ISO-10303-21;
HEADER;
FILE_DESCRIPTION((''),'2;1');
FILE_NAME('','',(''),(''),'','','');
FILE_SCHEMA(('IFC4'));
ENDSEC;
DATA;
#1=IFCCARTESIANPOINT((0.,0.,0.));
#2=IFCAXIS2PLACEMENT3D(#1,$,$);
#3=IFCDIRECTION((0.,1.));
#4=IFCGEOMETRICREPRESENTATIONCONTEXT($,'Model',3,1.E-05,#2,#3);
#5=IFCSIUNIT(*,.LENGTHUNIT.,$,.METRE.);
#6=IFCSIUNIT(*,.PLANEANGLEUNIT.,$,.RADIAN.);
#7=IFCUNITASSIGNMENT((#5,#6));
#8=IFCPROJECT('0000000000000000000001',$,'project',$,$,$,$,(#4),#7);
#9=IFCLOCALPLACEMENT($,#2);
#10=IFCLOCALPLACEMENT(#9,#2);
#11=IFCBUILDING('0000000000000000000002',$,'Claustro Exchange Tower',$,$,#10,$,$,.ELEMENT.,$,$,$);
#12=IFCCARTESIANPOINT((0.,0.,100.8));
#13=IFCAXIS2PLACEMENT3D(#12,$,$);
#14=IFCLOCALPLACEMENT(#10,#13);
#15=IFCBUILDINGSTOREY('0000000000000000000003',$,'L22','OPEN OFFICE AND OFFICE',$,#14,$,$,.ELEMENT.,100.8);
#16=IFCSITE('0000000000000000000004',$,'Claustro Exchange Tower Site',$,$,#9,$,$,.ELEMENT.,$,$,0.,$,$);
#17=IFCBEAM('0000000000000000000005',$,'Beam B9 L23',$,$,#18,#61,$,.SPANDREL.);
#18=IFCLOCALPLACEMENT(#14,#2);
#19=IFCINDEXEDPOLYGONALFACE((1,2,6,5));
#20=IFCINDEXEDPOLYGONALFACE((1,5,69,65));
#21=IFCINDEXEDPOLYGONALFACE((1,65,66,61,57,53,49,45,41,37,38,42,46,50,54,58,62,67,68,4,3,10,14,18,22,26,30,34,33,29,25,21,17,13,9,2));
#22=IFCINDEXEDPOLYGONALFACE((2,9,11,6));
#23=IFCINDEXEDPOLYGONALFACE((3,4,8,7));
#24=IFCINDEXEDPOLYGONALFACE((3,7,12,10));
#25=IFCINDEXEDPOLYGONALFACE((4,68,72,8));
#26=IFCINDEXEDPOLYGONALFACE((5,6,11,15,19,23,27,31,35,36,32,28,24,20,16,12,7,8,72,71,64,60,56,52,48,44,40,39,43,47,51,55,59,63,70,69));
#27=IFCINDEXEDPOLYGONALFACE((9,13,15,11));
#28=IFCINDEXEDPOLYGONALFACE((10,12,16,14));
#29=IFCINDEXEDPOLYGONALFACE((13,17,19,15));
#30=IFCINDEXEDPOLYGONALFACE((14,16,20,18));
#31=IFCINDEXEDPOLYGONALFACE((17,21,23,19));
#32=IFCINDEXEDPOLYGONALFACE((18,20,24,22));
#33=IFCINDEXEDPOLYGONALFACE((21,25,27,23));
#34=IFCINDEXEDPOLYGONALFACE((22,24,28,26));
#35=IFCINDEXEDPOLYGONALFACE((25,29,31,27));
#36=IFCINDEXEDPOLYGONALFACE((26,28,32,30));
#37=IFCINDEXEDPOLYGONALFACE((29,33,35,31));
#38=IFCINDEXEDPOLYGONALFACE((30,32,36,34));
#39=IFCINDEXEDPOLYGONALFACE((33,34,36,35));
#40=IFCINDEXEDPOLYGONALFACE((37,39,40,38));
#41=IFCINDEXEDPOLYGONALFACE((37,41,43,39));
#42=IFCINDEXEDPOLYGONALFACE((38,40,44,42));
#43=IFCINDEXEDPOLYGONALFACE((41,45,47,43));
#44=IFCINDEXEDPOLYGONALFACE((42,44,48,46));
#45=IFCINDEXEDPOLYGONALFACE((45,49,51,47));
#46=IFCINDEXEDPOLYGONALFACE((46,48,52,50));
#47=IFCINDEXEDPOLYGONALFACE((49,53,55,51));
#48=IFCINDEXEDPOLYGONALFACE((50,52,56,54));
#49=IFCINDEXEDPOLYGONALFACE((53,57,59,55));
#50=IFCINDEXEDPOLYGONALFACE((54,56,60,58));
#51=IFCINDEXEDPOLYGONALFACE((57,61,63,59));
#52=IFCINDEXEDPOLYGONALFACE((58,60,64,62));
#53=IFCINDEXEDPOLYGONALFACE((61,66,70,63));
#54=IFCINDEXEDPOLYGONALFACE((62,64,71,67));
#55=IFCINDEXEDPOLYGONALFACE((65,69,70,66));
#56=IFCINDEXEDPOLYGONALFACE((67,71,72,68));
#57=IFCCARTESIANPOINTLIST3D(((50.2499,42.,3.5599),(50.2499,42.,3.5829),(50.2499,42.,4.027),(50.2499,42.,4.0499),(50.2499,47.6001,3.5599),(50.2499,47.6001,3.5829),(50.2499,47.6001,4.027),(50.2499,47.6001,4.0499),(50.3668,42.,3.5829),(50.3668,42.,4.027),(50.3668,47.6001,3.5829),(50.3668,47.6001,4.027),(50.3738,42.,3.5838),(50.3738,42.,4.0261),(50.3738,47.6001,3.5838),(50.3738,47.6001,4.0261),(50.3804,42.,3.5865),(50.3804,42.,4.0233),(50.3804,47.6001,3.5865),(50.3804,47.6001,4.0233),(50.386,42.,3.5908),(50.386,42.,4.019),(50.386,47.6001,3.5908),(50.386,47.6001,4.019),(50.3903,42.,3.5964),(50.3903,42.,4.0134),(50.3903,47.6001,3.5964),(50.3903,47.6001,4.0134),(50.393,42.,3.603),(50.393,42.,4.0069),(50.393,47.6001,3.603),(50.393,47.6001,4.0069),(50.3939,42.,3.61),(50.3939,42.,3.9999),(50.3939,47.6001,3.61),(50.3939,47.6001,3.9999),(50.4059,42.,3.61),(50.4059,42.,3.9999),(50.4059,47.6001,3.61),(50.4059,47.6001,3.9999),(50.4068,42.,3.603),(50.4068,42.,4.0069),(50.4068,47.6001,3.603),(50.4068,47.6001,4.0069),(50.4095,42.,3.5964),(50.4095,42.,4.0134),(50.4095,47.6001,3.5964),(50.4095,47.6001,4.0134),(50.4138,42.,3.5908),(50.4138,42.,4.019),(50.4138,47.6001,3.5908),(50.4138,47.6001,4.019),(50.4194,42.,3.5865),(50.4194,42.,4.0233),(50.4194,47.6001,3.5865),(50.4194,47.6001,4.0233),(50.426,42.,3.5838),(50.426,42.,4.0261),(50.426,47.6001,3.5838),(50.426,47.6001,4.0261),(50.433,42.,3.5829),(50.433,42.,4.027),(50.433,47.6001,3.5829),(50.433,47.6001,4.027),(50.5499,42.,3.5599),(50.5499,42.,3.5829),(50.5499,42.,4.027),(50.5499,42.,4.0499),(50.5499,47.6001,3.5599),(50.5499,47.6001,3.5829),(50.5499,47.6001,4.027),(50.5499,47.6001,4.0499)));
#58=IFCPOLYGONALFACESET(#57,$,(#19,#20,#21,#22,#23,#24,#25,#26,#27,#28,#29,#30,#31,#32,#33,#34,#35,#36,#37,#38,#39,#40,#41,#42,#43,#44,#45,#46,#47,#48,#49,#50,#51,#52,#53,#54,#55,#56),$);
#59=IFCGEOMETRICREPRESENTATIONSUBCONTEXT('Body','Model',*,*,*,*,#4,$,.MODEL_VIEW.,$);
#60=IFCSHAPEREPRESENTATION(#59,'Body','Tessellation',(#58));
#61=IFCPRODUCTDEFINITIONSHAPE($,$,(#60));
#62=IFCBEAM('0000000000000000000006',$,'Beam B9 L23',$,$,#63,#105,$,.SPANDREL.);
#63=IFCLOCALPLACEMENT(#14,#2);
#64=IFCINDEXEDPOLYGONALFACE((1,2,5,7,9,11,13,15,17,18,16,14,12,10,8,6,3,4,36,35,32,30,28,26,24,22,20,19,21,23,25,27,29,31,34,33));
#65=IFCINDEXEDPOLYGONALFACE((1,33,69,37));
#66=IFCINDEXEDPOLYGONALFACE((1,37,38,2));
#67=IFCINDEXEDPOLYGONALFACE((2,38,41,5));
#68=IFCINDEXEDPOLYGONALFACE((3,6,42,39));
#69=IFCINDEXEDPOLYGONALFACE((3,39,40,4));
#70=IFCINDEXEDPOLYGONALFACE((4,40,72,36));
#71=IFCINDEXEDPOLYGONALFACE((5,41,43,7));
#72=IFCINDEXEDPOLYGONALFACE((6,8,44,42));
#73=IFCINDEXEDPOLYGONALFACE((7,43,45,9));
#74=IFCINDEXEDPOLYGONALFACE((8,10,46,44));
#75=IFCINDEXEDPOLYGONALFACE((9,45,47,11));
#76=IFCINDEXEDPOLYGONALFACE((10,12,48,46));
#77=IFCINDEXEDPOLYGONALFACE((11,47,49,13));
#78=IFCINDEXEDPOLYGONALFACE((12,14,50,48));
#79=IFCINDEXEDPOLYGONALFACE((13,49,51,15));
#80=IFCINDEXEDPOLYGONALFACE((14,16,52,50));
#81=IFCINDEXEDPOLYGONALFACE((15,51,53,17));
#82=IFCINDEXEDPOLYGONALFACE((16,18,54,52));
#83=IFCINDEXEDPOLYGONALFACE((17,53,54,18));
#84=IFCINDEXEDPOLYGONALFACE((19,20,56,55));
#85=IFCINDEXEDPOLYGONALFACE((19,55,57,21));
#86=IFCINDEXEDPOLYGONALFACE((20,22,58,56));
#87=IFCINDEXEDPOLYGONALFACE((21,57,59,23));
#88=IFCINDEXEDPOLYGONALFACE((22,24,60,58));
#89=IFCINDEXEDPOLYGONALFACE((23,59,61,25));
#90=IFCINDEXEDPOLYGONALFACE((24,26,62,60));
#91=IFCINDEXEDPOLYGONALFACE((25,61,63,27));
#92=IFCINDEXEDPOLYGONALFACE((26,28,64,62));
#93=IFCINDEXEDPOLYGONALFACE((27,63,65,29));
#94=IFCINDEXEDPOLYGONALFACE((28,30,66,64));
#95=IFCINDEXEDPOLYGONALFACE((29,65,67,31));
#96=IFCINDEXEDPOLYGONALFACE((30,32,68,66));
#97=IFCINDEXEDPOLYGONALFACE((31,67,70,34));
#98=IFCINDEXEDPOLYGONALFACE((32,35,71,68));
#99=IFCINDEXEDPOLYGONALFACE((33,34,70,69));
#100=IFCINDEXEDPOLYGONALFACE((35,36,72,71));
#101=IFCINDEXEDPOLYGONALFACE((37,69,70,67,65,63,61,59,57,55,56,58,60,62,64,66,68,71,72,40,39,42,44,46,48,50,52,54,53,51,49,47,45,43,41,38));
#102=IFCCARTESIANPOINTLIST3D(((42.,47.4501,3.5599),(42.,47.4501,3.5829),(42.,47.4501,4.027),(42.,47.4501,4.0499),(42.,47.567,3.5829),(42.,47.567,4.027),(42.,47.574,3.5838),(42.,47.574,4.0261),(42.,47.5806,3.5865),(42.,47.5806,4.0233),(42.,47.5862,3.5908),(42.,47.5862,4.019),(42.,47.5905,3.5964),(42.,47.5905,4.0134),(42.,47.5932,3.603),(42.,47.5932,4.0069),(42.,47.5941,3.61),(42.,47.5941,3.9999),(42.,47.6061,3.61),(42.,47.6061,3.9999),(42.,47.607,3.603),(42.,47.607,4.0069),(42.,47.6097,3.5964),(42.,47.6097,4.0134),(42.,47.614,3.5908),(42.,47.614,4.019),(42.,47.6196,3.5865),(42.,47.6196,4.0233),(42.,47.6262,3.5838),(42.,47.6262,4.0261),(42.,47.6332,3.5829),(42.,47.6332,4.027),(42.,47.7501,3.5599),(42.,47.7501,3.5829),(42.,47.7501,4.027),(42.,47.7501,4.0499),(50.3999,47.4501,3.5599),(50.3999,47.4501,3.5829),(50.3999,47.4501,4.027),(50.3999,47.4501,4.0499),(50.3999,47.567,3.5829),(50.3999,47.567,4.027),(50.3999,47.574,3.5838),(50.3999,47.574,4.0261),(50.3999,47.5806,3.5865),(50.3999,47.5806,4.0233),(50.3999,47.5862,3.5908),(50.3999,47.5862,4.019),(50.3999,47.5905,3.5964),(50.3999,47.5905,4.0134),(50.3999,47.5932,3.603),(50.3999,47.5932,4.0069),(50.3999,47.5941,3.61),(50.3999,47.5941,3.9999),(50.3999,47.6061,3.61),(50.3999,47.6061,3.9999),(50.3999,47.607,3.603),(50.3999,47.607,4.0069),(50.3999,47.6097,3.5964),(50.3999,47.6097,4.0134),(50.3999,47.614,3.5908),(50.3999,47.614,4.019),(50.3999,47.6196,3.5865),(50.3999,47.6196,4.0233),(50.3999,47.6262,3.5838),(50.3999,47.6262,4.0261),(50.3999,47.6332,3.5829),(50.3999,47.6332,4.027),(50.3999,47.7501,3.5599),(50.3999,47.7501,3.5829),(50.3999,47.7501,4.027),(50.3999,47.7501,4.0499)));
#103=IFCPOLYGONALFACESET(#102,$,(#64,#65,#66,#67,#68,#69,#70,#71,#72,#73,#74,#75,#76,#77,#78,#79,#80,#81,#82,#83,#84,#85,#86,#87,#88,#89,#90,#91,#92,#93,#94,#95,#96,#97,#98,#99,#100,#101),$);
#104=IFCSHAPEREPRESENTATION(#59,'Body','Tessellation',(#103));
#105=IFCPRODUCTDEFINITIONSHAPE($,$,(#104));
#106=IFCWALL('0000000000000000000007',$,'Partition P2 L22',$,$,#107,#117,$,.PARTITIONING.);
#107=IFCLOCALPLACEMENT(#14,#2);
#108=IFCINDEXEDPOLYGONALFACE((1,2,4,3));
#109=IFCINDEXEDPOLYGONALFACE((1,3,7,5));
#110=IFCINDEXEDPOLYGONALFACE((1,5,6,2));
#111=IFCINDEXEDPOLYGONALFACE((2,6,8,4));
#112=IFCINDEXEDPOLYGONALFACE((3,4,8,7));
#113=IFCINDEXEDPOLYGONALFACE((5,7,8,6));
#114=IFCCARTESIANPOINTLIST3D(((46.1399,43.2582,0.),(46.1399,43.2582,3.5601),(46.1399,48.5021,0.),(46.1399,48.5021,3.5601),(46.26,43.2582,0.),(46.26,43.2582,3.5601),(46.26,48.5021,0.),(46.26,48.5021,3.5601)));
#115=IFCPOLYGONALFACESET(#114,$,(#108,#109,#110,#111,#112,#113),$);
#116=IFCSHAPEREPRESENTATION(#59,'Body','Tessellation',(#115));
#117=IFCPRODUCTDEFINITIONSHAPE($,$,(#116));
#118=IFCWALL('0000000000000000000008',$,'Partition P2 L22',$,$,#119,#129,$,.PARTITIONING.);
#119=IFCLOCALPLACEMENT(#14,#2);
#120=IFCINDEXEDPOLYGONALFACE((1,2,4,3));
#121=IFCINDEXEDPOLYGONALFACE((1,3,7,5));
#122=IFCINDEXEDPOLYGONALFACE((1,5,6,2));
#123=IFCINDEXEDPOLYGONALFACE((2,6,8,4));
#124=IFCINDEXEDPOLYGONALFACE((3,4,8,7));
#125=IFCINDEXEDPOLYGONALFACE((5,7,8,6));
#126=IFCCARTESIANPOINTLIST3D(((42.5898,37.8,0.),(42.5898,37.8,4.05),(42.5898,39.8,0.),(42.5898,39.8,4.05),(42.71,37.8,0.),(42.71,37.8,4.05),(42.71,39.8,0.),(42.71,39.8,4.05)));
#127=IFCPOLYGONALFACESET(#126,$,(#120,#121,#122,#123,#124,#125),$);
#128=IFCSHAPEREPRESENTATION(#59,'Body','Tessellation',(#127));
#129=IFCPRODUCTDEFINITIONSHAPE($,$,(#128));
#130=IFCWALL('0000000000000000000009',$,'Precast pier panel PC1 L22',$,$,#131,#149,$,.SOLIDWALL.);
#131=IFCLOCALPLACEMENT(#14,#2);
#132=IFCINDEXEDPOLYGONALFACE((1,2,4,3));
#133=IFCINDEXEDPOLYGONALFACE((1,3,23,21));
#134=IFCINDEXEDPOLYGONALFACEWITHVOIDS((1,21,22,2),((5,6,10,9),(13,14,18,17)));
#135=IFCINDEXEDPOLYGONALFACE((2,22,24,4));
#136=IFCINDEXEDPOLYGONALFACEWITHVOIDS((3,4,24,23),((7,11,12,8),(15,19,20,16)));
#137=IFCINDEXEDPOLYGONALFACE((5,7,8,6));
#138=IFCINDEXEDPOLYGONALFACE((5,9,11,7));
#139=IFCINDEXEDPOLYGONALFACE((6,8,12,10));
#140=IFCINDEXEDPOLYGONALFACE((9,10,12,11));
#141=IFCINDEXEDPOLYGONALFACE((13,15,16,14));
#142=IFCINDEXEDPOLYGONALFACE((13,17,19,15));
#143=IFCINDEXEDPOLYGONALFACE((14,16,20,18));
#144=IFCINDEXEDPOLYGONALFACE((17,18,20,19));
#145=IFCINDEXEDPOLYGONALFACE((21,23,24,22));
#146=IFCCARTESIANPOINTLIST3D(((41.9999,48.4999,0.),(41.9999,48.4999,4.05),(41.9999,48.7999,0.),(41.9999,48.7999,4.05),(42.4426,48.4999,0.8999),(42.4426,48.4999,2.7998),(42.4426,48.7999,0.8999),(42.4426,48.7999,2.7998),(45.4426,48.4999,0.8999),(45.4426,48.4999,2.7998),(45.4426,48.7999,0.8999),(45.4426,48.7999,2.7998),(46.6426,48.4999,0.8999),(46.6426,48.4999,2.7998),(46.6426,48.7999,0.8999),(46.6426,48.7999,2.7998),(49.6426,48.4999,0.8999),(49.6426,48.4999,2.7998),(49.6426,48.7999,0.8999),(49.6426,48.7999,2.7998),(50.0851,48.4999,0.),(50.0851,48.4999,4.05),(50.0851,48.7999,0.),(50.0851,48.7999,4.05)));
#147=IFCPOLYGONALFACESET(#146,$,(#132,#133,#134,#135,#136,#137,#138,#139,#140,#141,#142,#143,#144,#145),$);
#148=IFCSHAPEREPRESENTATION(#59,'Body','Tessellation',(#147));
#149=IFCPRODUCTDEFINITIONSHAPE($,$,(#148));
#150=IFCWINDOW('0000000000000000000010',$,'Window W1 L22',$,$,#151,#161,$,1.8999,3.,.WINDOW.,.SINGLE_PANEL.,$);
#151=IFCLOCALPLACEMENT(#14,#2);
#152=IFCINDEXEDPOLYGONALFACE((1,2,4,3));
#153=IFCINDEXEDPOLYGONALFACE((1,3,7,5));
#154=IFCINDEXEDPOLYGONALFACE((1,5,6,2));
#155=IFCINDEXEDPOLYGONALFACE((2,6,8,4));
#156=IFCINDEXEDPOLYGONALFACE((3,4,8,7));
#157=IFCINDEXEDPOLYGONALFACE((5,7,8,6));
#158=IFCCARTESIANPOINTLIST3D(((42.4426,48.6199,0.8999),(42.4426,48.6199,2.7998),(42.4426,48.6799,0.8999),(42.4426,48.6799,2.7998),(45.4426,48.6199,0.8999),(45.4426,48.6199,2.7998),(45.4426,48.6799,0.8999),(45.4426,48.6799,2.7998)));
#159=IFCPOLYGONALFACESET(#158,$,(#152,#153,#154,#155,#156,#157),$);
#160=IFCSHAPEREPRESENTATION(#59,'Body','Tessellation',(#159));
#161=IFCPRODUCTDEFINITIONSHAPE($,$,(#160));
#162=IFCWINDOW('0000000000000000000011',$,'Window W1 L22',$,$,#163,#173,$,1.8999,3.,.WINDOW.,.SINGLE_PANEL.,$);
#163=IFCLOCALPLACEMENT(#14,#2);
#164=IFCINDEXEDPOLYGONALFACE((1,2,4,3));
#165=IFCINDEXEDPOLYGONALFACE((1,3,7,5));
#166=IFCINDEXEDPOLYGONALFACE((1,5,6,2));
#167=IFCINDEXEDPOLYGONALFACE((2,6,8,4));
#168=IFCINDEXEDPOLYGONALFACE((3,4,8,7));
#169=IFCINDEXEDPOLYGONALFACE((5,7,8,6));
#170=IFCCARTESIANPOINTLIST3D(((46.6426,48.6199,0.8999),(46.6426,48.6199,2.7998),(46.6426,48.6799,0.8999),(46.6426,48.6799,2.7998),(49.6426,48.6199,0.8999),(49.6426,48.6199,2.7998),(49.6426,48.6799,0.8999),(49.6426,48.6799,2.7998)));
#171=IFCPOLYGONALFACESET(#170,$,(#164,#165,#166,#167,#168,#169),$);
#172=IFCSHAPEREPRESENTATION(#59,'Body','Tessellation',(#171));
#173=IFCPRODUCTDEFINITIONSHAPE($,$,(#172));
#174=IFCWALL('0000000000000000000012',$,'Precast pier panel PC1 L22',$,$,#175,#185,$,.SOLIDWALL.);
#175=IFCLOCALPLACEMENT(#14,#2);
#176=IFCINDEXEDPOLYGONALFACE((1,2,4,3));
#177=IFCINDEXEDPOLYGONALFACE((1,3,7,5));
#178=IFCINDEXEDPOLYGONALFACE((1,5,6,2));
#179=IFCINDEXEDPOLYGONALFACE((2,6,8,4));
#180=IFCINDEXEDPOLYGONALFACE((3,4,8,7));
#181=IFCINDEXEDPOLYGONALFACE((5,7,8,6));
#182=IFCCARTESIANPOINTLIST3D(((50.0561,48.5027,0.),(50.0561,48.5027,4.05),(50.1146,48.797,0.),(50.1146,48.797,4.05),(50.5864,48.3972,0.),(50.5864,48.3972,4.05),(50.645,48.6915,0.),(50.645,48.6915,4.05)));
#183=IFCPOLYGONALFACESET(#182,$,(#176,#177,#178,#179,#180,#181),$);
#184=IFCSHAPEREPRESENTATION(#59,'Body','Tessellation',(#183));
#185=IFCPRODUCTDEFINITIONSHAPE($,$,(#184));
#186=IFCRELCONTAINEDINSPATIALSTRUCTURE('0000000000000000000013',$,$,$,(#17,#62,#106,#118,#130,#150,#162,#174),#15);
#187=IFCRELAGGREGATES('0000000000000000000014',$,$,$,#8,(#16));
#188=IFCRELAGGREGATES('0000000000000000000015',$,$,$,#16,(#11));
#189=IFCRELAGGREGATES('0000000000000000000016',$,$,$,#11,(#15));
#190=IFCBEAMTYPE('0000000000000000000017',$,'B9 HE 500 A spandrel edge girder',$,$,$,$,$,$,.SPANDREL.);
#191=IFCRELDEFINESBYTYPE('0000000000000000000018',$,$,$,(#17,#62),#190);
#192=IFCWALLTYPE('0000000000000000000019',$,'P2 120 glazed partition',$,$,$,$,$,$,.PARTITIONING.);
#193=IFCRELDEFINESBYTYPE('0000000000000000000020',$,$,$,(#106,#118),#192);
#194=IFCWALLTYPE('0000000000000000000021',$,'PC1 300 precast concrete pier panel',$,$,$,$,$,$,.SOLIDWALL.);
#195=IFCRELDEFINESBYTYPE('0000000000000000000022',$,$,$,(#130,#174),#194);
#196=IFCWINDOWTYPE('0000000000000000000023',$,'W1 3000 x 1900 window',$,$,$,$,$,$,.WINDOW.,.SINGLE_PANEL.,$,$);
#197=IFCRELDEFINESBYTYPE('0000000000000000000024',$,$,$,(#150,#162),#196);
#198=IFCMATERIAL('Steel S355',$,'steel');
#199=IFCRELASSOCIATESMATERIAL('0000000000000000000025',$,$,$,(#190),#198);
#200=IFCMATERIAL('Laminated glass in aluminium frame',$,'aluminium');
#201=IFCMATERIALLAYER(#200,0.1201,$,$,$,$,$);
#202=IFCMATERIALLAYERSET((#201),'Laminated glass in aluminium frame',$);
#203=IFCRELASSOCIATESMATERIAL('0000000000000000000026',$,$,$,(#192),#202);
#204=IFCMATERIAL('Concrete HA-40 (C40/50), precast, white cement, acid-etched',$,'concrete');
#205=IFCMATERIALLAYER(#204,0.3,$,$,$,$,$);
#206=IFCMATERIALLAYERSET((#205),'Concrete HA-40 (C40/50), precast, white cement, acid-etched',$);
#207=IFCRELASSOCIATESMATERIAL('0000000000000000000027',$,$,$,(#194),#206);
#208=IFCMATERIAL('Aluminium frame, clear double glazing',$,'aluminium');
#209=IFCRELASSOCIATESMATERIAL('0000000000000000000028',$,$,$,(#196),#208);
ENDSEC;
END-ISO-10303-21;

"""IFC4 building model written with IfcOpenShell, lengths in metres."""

from ifc_helpers import new_model, si_unit, direction, frame, frame_2d, origin, origin_2d, place, context, subcontext, project, spatial, rectangle, i_section, extrude, material, layer, layer_set, material_profile, profile_set, type_object, element, fill, save


model = new_model("IFC4")

# Units and contexts
model_context = context("Model", 3, precision=1e-05, world=origin(), true_north=direction((0.0, 1.0)))
body_context = subcontext(model_context, "Body", "Model", "MODEL_VIEW")
ifc_project = project(units=[si_unit("LENGTHUNIT", "METRE"), si_unit("PLANEANGLEUNIT", "RADIAN")], contexts=[model_context])

# Site, building, storey
site_placement = place(None, origin())
site = spatial("IfcSite", under=ifc_project, at=site_placement, Name="Claustro Exchange Tower Site", CompositionType="ELEMENT", RefElevation=0.0)
building_placement = place(site_placement, origin())
building = spatial("IfcBuilding", under=site, at=building_placement, Name="Claustro Exchange Tower", CompositionType="ELEMENT")
storey_placement = place(building_placement, frame((0.0, 0.0, 100.8)))
storey = spatial("IfcBuildingStorey", under=building, at=storey_placement, Name="L22", Description="OPEN OFFICE AND OFFICE", CompositionType="ELEMENT", Elevation=100.8)

# Beams
ifc_material_1 = material(Name="Steel S355", Category="steel")
ifc_material_profile_1 = material_profile(ifc_material_1, i_section(OverallWidth=0.3, OverallDepth=0.49, WebThickness=0.012, FlangeThickness=0.0229, FilletRadius=0.0271, at=origin_2d()), Name="HE 500 A")
ifc_profile_set_1 = profile_set([ifc_material_profile_1], Name="Steel S355")
beam_type_1 = type_object("IfcBeamType", Name="B9 HE 500 A spandrel edge girder", PredefinedType="SPANDREL", material=ifc_profile_set_1)
beam_1_placement = place(storey_placement, frame((50.3999, 42.0, 3.8049), z_axis=(0.0, 1.0, 0.0), x_axis=(-1.0, 0.0, 0.0)))
element("IfcBeam", 1, at=beam_1_placement, inside=storey, type_object=beam_type_1, Name="Beam B9 L23", PredefinedType="SPANDREL", context=body_context, shape_type="SweptSolid", body=[
    extrude(i_section(OverallWidth=0.3, OverallDepth=0.49, WebThickness=0.012, FlangeThickness=0.0229, FilletRadius=0.0271, at=origin_2d()), origin(), (0.0, 0.0, 1.0), 5.6001),
])
beam_2_placement = place(storey_placement, frame((42.0, 47.6001, 3.8049), z_axis=(1.0, 0.0, 0.0), x_axis=(0.0, 1.0, 0.0)))
element("IfcBeam", 2, at=beam_2_placement, inside=storey, type_object=beam_type_1, Name="Beam B9 L23", PredefinedType="SPANDREL", context=body_context, shape_type="SweptSolid", body=[
    extrude(i_section(OverallWidth=0.3, OverallDepth=0.49, WebThickness=0.012, FlangeThickness=0.0229, FilletRadius=0.0271, at=origin_2d()), origin(), (0.0, 0.0, 1.0), 8.3999),
])

# Walls
ifc_material_2 = material(Name="Laminated glass in aluminium frame", Category="aluminium")
ifc_layer_1 = layer(ifc_material_2, 0.1201)
ifc_layer_set_1 = layer_set([ifc_layer_1], Name="Laminated glass in aluminium frame")
wall_type_1 = type_object("IfcWallType", Name="P2 120 glazed partition", PredefinedType="PARTITIONING", material=ifc_layer_set_1)
wall_1_placement = place(storey_placement, frame((46.2, 43.2581, 0.0), z_axis=(0.0, 0.0, 1.0), x_axis=(0.0, 1.0, 0.0)))
element("IfcWall", 3, at=wall_1_placement, inside=storey, type_object=wall_type_1, Name="Partition P2 L22", PredefinedType="PARTITIONING", context=body_context, shape_type="SweptSolid", body=[
    extrude(rectangle(XDim=5.2439, YDim=0.1201, at=frame_2d((2.6221, 0.0))), origin(), (0.0, 0.0, 1.0), 3.5601),
])
wall_2_placement = place(storey_placement, frame((42.6499, 37.8, 0.0), z_axis=(0.0, 0.0, 1.0), x_axis=(0.0, 1.0, 0.0)))
element("IfcWall", 4, at=wall_2_placement, inside=storey, type_object=wall_type_1, Name="Partition P2 L22", PredefinedType="PARTITIONING", context=body_context, shape_type="SweptSolid", body=[
    extrude(rectangle(XDim=2.0, YDim=0.1201, at=frame_2d((1.0, 0.0))), origin(), (0.0, 0.0, 1.0), 4.05),
])

# Wall, openings, windows
ifc_material_3 = material(Name="Concrete HA-40 (C40/50), precast, white cement, acid-etched", Category="concrete")
ifc_layer_2 = layer(ifc_material_3, 0.3)
ifc_layer_set_2 = layer_set([ifc_layer_2], Name="Concrete HA-40 (C40/50), precast, white cement, acid-etched")
wall_type_2 = type_object("IfcWallType", Name="PC1 300 precast concrete pier panel", PredefinedType="SOLIDWALL", material=ifc_layer_set_2)
wall_3_placement = place(storey_placement, frame((42.0, 48.6499, 0.0), z_axis=(0.0, 0.0, 1.0), x_axis=(1.0, 0.0, 0.0)))
wall_3 = element("IfcWall", 5, at=wall_3_placement, inside=storey, type_object=wall_type_2, Name="Precast pier panel PC1 L22", PredefinedType="SOLIDWALL", context=body_context, shape_type="SweptSolid", body=[
    extrude(rectangle(XDim=8.0852, YDim=0.3, at=frame_2d((4.0425, 0.0))), origin(), (0.0, 0.0, 1.0), 4.05),
])
opening_1_placement = place(wall_3_placement, frame((0.4426, 0.0, 0.8999)))
opening_1 = element("IfcOpeningElement", 6, at=opening_1_placement, cuts=wall_3, PredefinedType="OPENING", context=body_context, shape_type="SweptSolid", body=[
    extrude(rectangle(XDim=3.0, YDim=1.8999, at=frame_2d((1.5, 0.95))), frame((0.0, 0.1599, 0.0), z_axis=(0.0, -1.0, 0.0), x_axis=(1.0, 0.0, 0.0)), (0.0, 0.0, 1.0), 0.3201),
])
opening_2_placement = place(wall_3_placement, frame((4.6426, 0.0, 0.8999)))
opening_2 = element("IfcOpeningElement", 7, at=opening_2_placement, cuts=wall_3, PredefinedType="OPENING", context=body_context, shape_type="SweptSolid", body=[
    extrude(rectangle(XDim=3.0, YDim=1.8999, at=frame_2d((1.5, 0.95))), frame((0.0, 0.1599, 0.0), z_axis=(0.0, -1.0, 0.0), x_axis=(1.0, 0.0, 0.0)), (0.0, 0.0, 1.0), 0.3201),
])
ifc_material_4 = material(Name="Aluminium frame, clear double glazing", Category="aluminium")
window_type_1 = type_object("IfcWindowType", Name="W1 3000 x 1900 window", PartitioningType="SINGLE_PANEL", PredefinedType="WINDOW", material=ifc_material_4)
window_1_placement = place(opening_1_placement, origin())
window_1 = element("IfcWindow", 8, at=window_1_placement, inside=storey, type_object=window_type_1, Name="Window W1 L22", OverallHeight=1.8999, OverallWidth=3.0, PartitioningType="SINGLE_PANEL", PredefinedType="WINDOW", context=body_context, shape_type="SweptSolid", body=[
    extrude(rectangle(XDim=3.0, YDim=1.8999, at=frame_2d((1.5, 0.95))), frame((0.0, 0.03, 0.0), z_axis=(0.0, -1.0, 0.0), x_axis=(1.0, 0.0, 0.0)), (0.0, 0.0, 1.0), 0.0601),
])
fill(opening_1, window_1)
window_2_placement = place(opening_2_placement, origin())
window_2 = element("IfcWindow", 9, at=window_2_placement, inside=storey, type_object=window_type_1, Name="Window W1 L22", OverallHeight=1.8999, OverallWidth=3.0, PartitioningType="SINGLE_PANEL", PredefinedType="WINDOW", context=body_context, shape_type="SweptSolid", body=[
    extrude(rectangle(XDim=3.0, YDim=1.8999, at=frame_2d((1.5, 0.95))), frame((0.0, 0.03, 0.0), z_axis=(0.0, -1.0, 0.0), x_axis=(1.0, 0.0, 0.0)), (0.0, 0.0, 1.0), 0.0601),
])
fill(opening_2, window_2)

# Wall
wall_4_placement = place(storey_placement, frame((50.0852, 48.6499, 0.0), z_axis=(0.0, 0.0, 1.0), x_axis=(0.980789, -0.195074, 0.0)))
element("IfcWall", 10, at=wall_4_placement, inside=storey, type_object=wall_type_2, Name="Precast pier panel PC1 L22", PredefinedType="SOLIDWALL", context=body_context, shape_type="SweptSolid", body=[
    extrude(rectangle(XDim=0.5408, YDim=0.3, at=frame_2d((0.2705, 0.0))), origin(), (0.0, 0.0, 1.0), 4.05),
])

save(model, "model.ifc")
